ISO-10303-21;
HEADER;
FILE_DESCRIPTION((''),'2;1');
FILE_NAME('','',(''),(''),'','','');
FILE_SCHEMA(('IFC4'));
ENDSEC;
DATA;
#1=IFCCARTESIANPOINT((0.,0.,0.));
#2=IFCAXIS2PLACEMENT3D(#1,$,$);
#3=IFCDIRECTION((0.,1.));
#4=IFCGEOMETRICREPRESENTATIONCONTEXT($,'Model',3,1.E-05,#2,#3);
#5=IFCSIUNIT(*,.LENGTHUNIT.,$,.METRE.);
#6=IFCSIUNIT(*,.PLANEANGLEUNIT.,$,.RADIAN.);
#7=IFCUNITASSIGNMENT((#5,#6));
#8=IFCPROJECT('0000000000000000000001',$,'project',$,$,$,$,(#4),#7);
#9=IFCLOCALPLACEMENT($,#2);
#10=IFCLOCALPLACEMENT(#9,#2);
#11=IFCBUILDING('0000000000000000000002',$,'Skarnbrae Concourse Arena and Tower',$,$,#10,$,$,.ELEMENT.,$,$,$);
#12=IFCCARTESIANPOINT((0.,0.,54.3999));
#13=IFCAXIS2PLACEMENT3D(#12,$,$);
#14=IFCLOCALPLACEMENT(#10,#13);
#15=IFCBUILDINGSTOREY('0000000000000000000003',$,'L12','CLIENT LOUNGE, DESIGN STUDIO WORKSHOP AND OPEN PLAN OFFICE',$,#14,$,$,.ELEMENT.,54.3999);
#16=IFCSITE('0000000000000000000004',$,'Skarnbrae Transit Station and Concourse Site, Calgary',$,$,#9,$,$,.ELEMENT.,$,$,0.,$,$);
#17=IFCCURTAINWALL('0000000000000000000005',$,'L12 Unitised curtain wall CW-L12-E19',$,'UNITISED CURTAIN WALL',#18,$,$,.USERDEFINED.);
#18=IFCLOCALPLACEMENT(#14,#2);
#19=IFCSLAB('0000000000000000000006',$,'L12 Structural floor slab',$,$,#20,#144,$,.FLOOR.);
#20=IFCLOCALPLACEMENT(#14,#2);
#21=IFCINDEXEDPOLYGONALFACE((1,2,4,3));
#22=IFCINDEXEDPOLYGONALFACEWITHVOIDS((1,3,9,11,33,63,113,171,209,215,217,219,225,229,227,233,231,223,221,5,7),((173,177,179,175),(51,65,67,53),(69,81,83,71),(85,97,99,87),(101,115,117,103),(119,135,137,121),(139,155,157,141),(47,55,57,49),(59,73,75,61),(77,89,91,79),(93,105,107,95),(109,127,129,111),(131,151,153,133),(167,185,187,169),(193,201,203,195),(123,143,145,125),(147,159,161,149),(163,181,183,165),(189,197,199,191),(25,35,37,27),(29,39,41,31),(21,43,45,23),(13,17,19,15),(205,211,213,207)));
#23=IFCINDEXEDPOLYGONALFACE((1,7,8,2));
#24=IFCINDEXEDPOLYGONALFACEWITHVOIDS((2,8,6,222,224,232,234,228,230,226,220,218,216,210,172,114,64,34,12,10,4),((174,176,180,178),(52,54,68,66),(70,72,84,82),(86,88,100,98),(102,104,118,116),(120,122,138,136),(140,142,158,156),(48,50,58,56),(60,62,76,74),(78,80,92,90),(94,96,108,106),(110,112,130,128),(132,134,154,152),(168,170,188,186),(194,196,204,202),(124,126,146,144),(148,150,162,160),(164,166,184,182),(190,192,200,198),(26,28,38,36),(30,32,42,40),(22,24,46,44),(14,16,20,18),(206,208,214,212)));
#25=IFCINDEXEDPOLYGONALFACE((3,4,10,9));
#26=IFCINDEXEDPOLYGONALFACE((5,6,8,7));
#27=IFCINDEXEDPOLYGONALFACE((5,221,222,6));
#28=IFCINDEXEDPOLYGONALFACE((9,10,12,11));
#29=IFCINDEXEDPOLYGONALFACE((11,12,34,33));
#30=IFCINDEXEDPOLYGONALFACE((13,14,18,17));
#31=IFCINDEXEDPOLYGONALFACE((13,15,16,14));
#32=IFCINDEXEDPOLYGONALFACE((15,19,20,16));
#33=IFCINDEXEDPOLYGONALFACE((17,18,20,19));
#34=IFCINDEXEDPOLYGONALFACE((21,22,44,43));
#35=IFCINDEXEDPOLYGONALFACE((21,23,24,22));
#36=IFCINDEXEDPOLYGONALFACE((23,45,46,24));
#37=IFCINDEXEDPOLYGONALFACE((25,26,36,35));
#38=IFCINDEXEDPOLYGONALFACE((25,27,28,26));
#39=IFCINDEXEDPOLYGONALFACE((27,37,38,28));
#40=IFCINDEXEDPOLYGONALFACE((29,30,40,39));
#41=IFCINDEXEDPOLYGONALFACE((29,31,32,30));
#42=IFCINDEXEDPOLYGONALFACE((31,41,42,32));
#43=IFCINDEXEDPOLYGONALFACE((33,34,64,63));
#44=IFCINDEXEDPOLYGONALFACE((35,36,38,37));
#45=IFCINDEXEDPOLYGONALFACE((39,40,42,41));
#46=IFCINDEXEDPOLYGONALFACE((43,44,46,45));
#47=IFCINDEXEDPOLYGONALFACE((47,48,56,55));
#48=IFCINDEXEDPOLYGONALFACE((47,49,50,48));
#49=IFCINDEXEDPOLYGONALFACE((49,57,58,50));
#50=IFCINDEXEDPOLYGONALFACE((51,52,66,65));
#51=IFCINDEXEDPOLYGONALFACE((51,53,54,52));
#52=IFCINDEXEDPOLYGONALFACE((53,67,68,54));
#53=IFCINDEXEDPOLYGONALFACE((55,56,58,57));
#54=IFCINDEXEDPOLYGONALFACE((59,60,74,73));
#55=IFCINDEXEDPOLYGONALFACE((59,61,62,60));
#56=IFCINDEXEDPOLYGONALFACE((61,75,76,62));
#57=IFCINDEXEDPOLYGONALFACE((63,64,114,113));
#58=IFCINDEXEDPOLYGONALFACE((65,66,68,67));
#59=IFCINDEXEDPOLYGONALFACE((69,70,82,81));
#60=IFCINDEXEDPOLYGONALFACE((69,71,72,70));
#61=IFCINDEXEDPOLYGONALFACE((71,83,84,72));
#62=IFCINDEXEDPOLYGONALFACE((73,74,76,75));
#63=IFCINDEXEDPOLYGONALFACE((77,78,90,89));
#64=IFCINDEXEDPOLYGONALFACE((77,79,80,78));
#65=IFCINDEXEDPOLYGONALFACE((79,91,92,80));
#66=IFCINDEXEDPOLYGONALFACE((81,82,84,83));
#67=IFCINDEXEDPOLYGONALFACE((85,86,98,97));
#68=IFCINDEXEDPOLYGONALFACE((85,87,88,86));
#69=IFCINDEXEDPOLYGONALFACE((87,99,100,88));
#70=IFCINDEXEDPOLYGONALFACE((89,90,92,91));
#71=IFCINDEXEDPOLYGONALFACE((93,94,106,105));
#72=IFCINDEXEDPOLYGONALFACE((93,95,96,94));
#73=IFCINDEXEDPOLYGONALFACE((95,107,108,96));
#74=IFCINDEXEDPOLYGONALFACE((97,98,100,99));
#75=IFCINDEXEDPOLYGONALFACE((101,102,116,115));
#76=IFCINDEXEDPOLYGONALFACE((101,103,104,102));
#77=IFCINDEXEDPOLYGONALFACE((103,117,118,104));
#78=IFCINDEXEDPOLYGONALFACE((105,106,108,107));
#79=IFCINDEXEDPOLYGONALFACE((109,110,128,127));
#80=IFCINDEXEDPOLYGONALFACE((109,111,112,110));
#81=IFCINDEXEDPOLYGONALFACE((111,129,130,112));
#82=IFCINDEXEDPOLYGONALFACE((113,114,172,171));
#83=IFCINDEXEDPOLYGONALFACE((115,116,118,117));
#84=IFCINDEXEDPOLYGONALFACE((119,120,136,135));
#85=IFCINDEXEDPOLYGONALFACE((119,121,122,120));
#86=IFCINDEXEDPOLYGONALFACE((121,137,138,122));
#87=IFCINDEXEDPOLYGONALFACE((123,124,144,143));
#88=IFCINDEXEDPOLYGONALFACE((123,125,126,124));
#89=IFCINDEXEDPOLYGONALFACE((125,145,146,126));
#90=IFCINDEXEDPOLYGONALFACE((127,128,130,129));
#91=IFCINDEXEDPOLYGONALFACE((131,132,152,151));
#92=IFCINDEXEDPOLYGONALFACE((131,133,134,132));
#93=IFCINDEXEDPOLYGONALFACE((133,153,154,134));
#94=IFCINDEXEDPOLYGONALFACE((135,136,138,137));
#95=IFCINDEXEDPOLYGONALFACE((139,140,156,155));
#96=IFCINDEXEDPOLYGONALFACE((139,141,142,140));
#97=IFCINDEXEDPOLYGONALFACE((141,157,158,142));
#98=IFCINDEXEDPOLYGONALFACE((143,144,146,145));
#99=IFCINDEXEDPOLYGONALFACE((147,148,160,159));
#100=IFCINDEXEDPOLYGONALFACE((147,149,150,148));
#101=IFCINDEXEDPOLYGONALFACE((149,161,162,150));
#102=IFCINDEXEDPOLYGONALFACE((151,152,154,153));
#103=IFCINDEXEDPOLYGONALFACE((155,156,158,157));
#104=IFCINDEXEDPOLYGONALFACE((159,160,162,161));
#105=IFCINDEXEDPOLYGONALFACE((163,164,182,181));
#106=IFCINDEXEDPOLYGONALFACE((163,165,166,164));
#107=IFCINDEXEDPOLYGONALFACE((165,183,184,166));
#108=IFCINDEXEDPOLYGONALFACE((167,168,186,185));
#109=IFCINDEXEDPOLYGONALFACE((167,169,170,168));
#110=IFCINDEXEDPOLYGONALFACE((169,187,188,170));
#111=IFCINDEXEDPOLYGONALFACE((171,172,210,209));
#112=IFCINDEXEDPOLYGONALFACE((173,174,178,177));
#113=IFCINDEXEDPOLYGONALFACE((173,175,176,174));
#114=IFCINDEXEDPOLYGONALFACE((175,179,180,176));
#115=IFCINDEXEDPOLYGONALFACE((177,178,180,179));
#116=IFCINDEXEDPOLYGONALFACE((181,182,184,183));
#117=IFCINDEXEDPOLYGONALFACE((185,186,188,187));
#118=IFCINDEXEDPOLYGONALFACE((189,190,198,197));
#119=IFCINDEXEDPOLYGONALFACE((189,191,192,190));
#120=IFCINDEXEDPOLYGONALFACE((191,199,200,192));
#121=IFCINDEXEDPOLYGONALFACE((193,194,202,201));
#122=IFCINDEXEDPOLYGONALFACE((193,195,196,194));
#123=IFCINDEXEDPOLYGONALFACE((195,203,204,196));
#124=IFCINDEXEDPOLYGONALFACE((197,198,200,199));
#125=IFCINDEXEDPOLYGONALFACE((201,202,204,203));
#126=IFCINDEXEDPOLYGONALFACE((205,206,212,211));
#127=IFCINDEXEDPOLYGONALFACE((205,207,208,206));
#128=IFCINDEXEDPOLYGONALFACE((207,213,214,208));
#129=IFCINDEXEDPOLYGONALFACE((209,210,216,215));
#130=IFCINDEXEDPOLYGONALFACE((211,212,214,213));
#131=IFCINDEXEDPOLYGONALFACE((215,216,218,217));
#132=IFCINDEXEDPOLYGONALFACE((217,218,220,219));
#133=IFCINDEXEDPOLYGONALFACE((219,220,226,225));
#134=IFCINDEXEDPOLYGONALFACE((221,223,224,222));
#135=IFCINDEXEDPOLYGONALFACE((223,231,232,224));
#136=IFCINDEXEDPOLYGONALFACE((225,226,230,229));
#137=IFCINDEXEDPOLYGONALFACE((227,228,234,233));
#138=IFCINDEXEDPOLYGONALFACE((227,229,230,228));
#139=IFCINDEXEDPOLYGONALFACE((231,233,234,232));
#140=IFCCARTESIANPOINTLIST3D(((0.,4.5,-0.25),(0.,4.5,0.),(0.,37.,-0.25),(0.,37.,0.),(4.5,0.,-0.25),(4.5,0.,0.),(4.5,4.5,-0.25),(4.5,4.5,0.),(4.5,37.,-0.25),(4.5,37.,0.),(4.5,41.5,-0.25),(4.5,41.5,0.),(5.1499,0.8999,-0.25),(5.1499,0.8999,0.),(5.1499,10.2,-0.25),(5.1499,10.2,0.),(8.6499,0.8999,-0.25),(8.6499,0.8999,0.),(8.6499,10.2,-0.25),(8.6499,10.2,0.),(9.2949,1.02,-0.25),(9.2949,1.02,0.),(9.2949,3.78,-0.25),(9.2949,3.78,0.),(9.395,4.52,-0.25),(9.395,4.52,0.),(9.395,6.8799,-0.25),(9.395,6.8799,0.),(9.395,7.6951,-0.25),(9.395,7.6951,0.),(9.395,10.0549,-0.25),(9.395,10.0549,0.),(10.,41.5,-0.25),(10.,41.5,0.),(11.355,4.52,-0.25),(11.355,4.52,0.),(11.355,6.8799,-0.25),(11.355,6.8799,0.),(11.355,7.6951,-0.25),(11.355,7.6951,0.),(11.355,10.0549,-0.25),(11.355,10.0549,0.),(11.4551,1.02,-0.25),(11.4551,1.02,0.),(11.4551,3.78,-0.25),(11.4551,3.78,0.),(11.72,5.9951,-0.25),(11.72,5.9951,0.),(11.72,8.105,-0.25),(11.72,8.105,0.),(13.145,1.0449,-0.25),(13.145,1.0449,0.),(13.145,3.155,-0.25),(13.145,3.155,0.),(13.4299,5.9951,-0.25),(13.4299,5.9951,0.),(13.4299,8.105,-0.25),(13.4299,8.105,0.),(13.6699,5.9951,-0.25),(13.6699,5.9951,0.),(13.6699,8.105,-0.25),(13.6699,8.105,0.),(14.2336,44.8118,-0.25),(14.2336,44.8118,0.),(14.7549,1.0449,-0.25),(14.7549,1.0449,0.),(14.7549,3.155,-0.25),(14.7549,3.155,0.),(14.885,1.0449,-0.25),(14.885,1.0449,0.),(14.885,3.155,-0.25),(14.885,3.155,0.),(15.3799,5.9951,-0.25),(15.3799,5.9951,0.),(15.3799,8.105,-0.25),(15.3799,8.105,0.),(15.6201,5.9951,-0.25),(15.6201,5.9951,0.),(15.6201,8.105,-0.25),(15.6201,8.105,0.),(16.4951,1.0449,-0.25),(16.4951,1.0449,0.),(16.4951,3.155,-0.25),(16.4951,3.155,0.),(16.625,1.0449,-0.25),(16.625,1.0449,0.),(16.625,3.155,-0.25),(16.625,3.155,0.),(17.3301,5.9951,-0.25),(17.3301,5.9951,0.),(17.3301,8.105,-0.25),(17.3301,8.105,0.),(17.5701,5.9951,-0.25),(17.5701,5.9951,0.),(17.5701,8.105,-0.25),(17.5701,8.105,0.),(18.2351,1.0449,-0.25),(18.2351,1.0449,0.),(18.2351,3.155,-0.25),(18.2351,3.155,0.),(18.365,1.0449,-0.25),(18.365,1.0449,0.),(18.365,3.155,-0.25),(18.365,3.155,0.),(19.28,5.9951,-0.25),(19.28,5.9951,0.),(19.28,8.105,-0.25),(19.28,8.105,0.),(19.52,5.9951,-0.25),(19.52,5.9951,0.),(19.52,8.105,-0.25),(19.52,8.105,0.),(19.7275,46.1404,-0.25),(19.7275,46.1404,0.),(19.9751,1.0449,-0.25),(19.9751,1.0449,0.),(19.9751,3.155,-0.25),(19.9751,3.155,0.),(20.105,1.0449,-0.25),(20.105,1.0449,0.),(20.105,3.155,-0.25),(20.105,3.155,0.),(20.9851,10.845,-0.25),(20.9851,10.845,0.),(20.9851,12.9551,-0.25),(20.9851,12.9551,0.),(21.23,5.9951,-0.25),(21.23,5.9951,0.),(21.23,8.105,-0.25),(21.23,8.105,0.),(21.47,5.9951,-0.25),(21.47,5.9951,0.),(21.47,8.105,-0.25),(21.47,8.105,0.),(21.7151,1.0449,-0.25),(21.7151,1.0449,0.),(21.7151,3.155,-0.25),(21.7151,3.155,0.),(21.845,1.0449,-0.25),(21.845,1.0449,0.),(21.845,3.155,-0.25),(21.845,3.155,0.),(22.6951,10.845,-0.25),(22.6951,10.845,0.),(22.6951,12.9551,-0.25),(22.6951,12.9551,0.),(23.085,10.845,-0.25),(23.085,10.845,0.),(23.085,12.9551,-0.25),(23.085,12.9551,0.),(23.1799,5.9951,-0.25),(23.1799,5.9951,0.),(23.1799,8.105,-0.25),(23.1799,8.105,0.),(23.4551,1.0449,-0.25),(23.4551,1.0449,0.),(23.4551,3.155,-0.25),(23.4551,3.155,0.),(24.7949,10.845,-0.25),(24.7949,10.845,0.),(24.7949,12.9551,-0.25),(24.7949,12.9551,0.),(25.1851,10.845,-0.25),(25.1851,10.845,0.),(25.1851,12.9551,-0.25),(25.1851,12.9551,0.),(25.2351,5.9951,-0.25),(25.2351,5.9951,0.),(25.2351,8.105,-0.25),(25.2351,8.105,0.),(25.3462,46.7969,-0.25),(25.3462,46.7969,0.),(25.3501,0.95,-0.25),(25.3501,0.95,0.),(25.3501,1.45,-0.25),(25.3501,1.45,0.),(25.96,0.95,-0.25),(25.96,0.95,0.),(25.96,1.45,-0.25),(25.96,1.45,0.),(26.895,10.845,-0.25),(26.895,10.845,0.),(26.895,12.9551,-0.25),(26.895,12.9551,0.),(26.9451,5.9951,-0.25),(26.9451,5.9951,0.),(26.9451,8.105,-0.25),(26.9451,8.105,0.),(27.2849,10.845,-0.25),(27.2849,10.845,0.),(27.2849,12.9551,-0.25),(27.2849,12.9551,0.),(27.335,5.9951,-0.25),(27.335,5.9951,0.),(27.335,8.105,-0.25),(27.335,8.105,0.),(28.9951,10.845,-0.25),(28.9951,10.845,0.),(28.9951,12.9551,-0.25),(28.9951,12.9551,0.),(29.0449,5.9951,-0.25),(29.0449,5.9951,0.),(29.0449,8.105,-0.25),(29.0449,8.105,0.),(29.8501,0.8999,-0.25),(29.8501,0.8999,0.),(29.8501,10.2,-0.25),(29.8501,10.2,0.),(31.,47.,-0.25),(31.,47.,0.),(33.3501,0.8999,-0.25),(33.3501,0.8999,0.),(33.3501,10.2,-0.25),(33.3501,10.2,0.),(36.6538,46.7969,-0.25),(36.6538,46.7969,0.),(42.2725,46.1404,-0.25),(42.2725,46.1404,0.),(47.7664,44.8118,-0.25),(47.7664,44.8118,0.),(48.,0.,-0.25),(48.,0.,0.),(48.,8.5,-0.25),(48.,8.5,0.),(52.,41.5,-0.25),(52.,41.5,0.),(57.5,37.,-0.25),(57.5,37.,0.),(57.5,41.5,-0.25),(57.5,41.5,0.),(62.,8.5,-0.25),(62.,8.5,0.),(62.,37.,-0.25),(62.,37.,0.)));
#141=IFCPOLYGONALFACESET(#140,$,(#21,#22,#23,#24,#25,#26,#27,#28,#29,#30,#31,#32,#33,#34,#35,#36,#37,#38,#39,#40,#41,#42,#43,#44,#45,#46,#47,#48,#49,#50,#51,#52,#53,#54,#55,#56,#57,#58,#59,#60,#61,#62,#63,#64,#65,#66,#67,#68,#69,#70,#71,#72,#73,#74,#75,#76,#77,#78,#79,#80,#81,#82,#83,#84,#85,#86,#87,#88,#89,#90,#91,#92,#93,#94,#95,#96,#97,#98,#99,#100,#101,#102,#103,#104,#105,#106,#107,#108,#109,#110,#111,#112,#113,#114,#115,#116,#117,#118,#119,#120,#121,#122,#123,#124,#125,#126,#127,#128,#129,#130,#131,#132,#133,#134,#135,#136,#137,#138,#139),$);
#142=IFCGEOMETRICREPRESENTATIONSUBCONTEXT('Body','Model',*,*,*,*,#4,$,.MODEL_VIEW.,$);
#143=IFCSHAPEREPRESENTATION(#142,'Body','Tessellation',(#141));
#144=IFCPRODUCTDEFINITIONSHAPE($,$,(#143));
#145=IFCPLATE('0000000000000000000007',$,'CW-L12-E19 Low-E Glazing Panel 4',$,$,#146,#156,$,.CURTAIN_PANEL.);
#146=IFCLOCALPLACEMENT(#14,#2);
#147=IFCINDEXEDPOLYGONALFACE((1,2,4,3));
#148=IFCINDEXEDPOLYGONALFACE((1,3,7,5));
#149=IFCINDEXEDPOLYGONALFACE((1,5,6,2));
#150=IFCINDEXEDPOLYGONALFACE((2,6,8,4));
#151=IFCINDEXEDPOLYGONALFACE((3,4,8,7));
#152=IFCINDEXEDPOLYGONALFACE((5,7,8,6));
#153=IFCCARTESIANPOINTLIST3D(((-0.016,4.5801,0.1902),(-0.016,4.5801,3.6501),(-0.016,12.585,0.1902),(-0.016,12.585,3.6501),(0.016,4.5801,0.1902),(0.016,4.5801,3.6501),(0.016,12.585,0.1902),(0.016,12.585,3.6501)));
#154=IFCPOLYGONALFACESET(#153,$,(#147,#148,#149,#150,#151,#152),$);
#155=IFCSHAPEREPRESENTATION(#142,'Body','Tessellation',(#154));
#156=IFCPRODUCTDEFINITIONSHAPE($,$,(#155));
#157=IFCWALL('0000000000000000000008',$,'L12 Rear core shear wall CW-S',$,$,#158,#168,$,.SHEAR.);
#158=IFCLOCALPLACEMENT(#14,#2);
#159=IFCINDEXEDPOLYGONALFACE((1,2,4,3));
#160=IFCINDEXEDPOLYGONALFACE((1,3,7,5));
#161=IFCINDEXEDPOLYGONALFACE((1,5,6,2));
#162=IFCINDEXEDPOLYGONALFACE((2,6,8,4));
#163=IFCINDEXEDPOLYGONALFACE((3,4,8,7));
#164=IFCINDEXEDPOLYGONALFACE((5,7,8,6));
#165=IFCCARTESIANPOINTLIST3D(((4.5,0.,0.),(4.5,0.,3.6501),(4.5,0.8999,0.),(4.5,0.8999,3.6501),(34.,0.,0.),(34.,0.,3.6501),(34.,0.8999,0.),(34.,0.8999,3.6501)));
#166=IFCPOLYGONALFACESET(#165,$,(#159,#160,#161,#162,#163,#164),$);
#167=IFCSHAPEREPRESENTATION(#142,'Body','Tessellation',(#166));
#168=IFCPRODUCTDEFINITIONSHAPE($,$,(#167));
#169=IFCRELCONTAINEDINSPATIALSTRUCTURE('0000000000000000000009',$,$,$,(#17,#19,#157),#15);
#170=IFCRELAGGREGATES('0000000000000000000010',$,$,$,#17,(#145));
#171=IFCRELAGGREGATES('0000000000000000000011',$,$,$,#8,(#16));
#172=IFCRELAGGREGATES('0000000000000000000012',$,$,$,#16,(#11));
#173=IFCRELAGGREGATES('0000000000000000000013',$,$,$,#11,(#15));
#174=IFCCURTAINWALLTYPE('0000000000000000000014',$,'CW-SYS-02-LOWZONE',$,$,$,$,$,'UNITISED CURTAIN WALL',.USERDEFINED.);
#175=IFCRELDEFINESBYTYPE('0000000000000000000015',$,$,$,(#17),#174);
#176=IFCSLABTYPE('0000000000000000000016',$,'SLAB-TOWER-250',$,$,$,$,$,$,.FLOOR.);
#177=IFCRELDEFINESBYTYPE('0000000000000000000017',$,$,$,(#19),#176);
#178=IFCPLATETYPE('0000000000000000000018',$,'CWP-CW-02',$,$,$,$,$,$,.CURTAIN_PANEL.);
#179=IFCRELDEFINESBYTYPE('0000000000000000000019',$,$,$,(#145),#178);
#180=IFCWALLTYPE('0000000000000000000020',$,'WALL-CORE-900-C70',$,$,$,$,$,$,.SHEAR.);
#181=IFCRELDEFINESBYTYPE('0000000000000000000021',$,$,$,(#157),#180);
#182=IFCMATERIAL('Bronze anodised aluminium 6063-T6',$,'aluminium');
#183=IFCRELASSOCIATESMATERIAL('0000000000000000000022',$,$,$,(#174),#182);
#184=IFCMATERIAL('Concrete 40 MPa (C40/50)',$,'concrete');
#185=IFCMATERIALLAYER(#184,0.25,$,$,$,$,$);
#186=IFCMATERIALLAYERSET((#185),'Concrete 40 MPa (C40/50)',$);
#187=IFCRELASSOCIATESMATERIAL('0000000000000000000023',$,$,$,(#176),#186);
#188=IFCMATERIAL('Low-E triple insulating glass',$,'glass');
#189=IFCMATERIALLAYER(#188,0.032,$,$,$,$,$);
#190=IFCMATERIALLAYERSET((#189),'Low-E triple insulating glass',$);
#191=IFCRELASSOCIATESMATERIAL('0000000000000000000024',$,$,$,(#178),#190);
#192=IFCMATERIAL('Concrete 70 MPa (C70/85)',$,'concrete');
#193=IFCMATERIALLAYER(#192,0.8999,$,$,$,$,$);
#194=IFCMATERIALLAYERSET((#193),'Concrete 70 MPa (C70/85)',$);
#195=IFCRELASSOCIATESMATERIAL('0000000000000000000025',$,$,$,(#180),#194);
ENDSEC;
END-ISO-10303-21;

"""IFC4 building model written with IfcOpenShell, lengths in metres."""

from ifc_helpers import new_model, si_unit, direction, frame, frame_2d, origin, origin_2d, place, context, subcontext, project, spatial, polyline, rectangle, outline, extrude, source, transform, mapped, material, layer, layer_set, type_object, element, aggregate, save


model = new_model("IFC4")

# Units and contexts
model_context = context("Model", 3, precision=1e-05, world=origin(), true_north=direction((0.0, 1.0)))
body_context = subcontext(model_context, "Body", "Model", "MODEL_VIEW")
ifc_project = project(units=[si_unit("LENGTHUNIT", "METRE"), si_unit("PLANEANGLEUNIT", "RADIAN")], contexts=[model_context])

# Site, building, storey
site_placement = place(None, origin())
site = spatial("IfcSite", under=ifc_project, at=site_placement, Name="Skarnbrae Transit Station and Concourse Site, Calgary", CompositionType="ELEMENT", RefElevation=0.0)
building_placement = place(site_placement, origin())
building = spatial("IfcBuilding", under=site, at=building_placement, Name="Skarnbrae Concourse Arena and Tower", CompositionType="ELEMENT")
storey_placement = place(building_placement, frame((0.0, 0.0, 54.3999)))
storey = spatial("IfcBuildingStorey", under=building, at=storey_placement, Name="L12", Description="CLIENT LOUNGE, DESIGN STUDIO WORKSHOP AND OPEN PLAN OFFICE", CompositionType="ELEMENT", Elevation=54.3999)

# Curtain wall
ifc_material_1 = material(Name="Bronze anodised aluminium 6063-T6", Category="aluminium")
curtain_wall_type = type_object("IfcCurtainWallType", Name="CW-SYS-02-LOWZONE", ElementType="UNITISED CURTAIN WALL", PredefinedType="USERDEFINED", material=ifc_material_1)
curtain_wall_placement = place(storey_placement, origin())
curtain_wall = element("IfcCurtainWall", 1, at=curtain_wall_placement, inside=storey, type_object=curtain_wall_type, Name="L12 Unitised curtain wall CW-L12-E19", ObjectType="UNITISED CURTAIN WALL", PredefinedType="USERDEFINED")

# Shared definitions
ifc_material_2 = material(Name="Concrete 40 MPa (C40/50)", Category="concrete")

# Slab
ifc_layer_1 = layer(ifc_material_2, 0.25)
ifc_layer_set_1 = layer_set([ifc_layer_1], Name="Concrete 40 MPa (C40/50)")
slab_type_1 = type_object("IfcSlabType", Name="SLAB-TOWER-250", PredefinedType="FLOOR", material=ifc_layer_set_1)
slab_1_placement = place(storey_placement, frame((0.0, 0.0, -0.25)))
element("IfcSlab", 2, at=slab_1_placement, inside=storey, type_object=slab_type_1, Name="L12 Structural floor slab", PredefinedType="FLOOR", context=body_context, shape_type="SweptSolid", body=[
    extrude(outline(polyline([(4.5, 0.0), (48.0, 0.0), (48.0, 8.5), (62.0, 8.5), (62.0, 37.0), (57.5, 37.0), (57.5, 41.5), (52.0, 41.5), (47.7664, 44.8118), (42.2725, 46.1404), (36.6538, 46.7969), (31.0, 47.0), (25.3462, 46.7969), (19.7275, 46.1404), (14.2336, 44.8118), (10.0, 41.5), (4.5, 41.5), (4.5, 37.0), (0.0, 37.0), (0.0, 4.5), (4.5, 4.5), (4.5, 0.0)]), holes=[polyline([(13.145, 3.155), (14.7549, 3.155), (14.7549, 1.0449), (13.145, 1.0449), (13.145, 3.155)]), polyline([(16.4951, 3.155), (16.4951, 1.0449), (14.885, 1.0449), (14.885, 3.155), (16.4951, 3.155)]), polyline([(18.2351, 3.155), (18.2351, 1.0449), (16.625, 1.0449), (16.625, 3.155), (18.2351, 3.155)]), polyline([(18.365, 3.155), (19.9751, 3.155), (19.9751, 1.0449), (18.365, 1.0449), (18.365, 3.155)]), polyline([(11.4551, 3.78), (11.4551, 1.02), (9.2949, 1.02), (9.2949, 3.78), (11.4551, 3.78)]), polyline([(8.6499, 0.8999), (5.1499, 0.8999), (5.1499, 10.2), (8.6499, 10.2), (8.6499, 0.8999)]), polyline([(9.395, 6.8799), (11.355, 6.8799), (11.355, 4.52), (9.395, 4.52), (9.395, 6.8799)]), polyline([(13.4299, 8.105), (13.4299, 5.9951), (11.72, 5.9951), (11.72, 8.105), (13.4299, 8.105)]), polyline([(15.3799, 8.105), (15.3799, 5.9951), (13.6699, 5.9951), (13.6699, 8.105), (15.3799, 8.105)]), polyline([(15.6201, 8.105), (17.3301, 8.105), (17.3301, 5.9951), (15.6201, 5.9951), (15.6201, 8.105)]), polyline([(19.28, 8.105), (19.28, 5.9951), (17.5701, 5.9951), (17.5701, 8.105), (19.28, 8.105)]), polyline([(11.355, 10.0549), (11.355, 7.6951), (9.395, 7.6951), (9.395, 10.0549), (11.355, 10.0549)]), polyline([(25.3501, 1.45), (25.96, 1.45), (25.96, 0.95), (25.3501, 0.95), (25.3501, 1.45)]), polyline([(21.7151, 3.155), (21.7151, 1.0449), (20.105, 1.0449), (20.105, 3.155), (21.7151, 3.155)]), polyline([(23.4551, 3.155), (23.4551, 1.0449), (21.845, 1.0449), (21.845, 3.155), (23.4551, 3.155)]), polyline([(33.3501, 10.2), (33.3501, 0.8999), (29.8501, 0.8999), (29.8501, 10.2), (33.3501, 10.2)]), polyline([(21.23, 8.105), (21.23, 5.9951), (19.52, 5.9951), (19.52, 8.105), (21.23, 8.105)]), polyline([(23.1799, 8.105), (23.1799, 5.9951), (21.47, 5.9951), (21.47, 8.105), (23.1799, 8.105)]), polyline([(25.2351, 8.105), (26.9451, 8.105), (26.9451, 5.9951), (25.2351, 5.9951), (25.2351, 8.105)]), polyline([(29.0449, 8.105), (29.0449, 5.9951), (27.335, 5.9951), (27.335, 8.105), (29.0449, 8.105)]), polyline([(22.6951, 12.9551), (22.6951, 10.845), (20.9851, 10.845), (20.9851, 12.9551), (22.6951, 12.9551)]), polyline([(23.085, 12.9551), (24.7949, 12.9551), (24.7949, 10.845), (23.085, 10.845), (23.085, 12.9551)]), polyline([(26.895, 12.9551), (26.895, 10.845), (25.1851, 10.845), (25.1851, 12.9551), (26.895, 12.9551)]), polyline([(28.9951, 12.9551), (28.9951, 10.845), (27.2849, 10.845), (27.2849, 12.9551), (28.9951, 12.9551)])]), origin(), (0.0, 0.0, 1.0), 0.25),
])

# Plate
ifc_material_3 = material(Name="Low-E triple insulating glass", Category="glass")
ifc_layer_2 = layer(ifc_material_3, 0.032)
ifc_layer_set_2 = layer_set([ifc_layer_2], Name="Low-E triple insulating glass")
plate_type = type_object("IfcPlateType", Name="CWP-CW-02", PredefinedType="CURTAIN_PANEL", material=ifc_layer_set_2)
shared_shape_1 = source(origin(), body_context, "Body", "SweptSolid", [
    extrude(rectangle(XDim=8.0049, YDim=0.032, at=origin_2d()), origin(), (0.0, 0.0, 1.0), 3.46),
])
plate_placement = place(storey_placement, frame((0.0, 8.5825, 0.1902), z_axis=(0.0, 0.0, 1.0), x_axis=(0.0, -1.0, 0.0)))
plate = element("IfcPlate", 3, at=plate_placement, type_object=plate_type, Name="CW-L12-E19 Low-E Glazing Panel 4", PredefinedType="CURTAIN_PANEL", context=body_context, shape_type="MappedRepresentation", body=[
    mapped(shared_shape_1, transform((0.0, 0.0, 0.0))),
])
aggregate(curtain_wall, [plate])

# Wall
ifc_material_4 = material(Name="Concrete 70 MPa (C70/85)", Category="concrete")
ifc_layer_3 = layer(ifc_material_4, 0.8999)
ifc_layer_set_3 = layer_set([ifc_layer_3], Name="Concrete 70 MPa (C70/85)")
wall_type_1 = type_object("IfcWallType", Name="WALL-CORE-900-C70", PredefinedType="SHEAR", material=ifc_layer_set_3)
shared_shape_2 = source(origin(), body_context, "Body", "SweptSolid", [
    extrude(rectangle(XDim=29.5, YDim=0.8999, at=frame_2d((14.75, 0.0))), origin(), (0.0, 0.0, 1.0), 3.6501),
])
wall_1_placement = place(storey_placement, frame((4.5, 0.45, 0.0), z_axis=(0.0, 0.0, 1.0), x_axis=(1.0, 0.0, 0.0)))
element("IfcWall", 4, at=wall_1_placement, inside=storey, type_object=wall_type_1, Name="L12 Rear core shear wall CW-S", PredefinedType="SHEAR", context=body_context, shape_type="MappedRepresentation", body=[
    mapped(shared_shape_2, transform((0.0, 0.0, 0.0))),
])

save(model, "model.ifc")
